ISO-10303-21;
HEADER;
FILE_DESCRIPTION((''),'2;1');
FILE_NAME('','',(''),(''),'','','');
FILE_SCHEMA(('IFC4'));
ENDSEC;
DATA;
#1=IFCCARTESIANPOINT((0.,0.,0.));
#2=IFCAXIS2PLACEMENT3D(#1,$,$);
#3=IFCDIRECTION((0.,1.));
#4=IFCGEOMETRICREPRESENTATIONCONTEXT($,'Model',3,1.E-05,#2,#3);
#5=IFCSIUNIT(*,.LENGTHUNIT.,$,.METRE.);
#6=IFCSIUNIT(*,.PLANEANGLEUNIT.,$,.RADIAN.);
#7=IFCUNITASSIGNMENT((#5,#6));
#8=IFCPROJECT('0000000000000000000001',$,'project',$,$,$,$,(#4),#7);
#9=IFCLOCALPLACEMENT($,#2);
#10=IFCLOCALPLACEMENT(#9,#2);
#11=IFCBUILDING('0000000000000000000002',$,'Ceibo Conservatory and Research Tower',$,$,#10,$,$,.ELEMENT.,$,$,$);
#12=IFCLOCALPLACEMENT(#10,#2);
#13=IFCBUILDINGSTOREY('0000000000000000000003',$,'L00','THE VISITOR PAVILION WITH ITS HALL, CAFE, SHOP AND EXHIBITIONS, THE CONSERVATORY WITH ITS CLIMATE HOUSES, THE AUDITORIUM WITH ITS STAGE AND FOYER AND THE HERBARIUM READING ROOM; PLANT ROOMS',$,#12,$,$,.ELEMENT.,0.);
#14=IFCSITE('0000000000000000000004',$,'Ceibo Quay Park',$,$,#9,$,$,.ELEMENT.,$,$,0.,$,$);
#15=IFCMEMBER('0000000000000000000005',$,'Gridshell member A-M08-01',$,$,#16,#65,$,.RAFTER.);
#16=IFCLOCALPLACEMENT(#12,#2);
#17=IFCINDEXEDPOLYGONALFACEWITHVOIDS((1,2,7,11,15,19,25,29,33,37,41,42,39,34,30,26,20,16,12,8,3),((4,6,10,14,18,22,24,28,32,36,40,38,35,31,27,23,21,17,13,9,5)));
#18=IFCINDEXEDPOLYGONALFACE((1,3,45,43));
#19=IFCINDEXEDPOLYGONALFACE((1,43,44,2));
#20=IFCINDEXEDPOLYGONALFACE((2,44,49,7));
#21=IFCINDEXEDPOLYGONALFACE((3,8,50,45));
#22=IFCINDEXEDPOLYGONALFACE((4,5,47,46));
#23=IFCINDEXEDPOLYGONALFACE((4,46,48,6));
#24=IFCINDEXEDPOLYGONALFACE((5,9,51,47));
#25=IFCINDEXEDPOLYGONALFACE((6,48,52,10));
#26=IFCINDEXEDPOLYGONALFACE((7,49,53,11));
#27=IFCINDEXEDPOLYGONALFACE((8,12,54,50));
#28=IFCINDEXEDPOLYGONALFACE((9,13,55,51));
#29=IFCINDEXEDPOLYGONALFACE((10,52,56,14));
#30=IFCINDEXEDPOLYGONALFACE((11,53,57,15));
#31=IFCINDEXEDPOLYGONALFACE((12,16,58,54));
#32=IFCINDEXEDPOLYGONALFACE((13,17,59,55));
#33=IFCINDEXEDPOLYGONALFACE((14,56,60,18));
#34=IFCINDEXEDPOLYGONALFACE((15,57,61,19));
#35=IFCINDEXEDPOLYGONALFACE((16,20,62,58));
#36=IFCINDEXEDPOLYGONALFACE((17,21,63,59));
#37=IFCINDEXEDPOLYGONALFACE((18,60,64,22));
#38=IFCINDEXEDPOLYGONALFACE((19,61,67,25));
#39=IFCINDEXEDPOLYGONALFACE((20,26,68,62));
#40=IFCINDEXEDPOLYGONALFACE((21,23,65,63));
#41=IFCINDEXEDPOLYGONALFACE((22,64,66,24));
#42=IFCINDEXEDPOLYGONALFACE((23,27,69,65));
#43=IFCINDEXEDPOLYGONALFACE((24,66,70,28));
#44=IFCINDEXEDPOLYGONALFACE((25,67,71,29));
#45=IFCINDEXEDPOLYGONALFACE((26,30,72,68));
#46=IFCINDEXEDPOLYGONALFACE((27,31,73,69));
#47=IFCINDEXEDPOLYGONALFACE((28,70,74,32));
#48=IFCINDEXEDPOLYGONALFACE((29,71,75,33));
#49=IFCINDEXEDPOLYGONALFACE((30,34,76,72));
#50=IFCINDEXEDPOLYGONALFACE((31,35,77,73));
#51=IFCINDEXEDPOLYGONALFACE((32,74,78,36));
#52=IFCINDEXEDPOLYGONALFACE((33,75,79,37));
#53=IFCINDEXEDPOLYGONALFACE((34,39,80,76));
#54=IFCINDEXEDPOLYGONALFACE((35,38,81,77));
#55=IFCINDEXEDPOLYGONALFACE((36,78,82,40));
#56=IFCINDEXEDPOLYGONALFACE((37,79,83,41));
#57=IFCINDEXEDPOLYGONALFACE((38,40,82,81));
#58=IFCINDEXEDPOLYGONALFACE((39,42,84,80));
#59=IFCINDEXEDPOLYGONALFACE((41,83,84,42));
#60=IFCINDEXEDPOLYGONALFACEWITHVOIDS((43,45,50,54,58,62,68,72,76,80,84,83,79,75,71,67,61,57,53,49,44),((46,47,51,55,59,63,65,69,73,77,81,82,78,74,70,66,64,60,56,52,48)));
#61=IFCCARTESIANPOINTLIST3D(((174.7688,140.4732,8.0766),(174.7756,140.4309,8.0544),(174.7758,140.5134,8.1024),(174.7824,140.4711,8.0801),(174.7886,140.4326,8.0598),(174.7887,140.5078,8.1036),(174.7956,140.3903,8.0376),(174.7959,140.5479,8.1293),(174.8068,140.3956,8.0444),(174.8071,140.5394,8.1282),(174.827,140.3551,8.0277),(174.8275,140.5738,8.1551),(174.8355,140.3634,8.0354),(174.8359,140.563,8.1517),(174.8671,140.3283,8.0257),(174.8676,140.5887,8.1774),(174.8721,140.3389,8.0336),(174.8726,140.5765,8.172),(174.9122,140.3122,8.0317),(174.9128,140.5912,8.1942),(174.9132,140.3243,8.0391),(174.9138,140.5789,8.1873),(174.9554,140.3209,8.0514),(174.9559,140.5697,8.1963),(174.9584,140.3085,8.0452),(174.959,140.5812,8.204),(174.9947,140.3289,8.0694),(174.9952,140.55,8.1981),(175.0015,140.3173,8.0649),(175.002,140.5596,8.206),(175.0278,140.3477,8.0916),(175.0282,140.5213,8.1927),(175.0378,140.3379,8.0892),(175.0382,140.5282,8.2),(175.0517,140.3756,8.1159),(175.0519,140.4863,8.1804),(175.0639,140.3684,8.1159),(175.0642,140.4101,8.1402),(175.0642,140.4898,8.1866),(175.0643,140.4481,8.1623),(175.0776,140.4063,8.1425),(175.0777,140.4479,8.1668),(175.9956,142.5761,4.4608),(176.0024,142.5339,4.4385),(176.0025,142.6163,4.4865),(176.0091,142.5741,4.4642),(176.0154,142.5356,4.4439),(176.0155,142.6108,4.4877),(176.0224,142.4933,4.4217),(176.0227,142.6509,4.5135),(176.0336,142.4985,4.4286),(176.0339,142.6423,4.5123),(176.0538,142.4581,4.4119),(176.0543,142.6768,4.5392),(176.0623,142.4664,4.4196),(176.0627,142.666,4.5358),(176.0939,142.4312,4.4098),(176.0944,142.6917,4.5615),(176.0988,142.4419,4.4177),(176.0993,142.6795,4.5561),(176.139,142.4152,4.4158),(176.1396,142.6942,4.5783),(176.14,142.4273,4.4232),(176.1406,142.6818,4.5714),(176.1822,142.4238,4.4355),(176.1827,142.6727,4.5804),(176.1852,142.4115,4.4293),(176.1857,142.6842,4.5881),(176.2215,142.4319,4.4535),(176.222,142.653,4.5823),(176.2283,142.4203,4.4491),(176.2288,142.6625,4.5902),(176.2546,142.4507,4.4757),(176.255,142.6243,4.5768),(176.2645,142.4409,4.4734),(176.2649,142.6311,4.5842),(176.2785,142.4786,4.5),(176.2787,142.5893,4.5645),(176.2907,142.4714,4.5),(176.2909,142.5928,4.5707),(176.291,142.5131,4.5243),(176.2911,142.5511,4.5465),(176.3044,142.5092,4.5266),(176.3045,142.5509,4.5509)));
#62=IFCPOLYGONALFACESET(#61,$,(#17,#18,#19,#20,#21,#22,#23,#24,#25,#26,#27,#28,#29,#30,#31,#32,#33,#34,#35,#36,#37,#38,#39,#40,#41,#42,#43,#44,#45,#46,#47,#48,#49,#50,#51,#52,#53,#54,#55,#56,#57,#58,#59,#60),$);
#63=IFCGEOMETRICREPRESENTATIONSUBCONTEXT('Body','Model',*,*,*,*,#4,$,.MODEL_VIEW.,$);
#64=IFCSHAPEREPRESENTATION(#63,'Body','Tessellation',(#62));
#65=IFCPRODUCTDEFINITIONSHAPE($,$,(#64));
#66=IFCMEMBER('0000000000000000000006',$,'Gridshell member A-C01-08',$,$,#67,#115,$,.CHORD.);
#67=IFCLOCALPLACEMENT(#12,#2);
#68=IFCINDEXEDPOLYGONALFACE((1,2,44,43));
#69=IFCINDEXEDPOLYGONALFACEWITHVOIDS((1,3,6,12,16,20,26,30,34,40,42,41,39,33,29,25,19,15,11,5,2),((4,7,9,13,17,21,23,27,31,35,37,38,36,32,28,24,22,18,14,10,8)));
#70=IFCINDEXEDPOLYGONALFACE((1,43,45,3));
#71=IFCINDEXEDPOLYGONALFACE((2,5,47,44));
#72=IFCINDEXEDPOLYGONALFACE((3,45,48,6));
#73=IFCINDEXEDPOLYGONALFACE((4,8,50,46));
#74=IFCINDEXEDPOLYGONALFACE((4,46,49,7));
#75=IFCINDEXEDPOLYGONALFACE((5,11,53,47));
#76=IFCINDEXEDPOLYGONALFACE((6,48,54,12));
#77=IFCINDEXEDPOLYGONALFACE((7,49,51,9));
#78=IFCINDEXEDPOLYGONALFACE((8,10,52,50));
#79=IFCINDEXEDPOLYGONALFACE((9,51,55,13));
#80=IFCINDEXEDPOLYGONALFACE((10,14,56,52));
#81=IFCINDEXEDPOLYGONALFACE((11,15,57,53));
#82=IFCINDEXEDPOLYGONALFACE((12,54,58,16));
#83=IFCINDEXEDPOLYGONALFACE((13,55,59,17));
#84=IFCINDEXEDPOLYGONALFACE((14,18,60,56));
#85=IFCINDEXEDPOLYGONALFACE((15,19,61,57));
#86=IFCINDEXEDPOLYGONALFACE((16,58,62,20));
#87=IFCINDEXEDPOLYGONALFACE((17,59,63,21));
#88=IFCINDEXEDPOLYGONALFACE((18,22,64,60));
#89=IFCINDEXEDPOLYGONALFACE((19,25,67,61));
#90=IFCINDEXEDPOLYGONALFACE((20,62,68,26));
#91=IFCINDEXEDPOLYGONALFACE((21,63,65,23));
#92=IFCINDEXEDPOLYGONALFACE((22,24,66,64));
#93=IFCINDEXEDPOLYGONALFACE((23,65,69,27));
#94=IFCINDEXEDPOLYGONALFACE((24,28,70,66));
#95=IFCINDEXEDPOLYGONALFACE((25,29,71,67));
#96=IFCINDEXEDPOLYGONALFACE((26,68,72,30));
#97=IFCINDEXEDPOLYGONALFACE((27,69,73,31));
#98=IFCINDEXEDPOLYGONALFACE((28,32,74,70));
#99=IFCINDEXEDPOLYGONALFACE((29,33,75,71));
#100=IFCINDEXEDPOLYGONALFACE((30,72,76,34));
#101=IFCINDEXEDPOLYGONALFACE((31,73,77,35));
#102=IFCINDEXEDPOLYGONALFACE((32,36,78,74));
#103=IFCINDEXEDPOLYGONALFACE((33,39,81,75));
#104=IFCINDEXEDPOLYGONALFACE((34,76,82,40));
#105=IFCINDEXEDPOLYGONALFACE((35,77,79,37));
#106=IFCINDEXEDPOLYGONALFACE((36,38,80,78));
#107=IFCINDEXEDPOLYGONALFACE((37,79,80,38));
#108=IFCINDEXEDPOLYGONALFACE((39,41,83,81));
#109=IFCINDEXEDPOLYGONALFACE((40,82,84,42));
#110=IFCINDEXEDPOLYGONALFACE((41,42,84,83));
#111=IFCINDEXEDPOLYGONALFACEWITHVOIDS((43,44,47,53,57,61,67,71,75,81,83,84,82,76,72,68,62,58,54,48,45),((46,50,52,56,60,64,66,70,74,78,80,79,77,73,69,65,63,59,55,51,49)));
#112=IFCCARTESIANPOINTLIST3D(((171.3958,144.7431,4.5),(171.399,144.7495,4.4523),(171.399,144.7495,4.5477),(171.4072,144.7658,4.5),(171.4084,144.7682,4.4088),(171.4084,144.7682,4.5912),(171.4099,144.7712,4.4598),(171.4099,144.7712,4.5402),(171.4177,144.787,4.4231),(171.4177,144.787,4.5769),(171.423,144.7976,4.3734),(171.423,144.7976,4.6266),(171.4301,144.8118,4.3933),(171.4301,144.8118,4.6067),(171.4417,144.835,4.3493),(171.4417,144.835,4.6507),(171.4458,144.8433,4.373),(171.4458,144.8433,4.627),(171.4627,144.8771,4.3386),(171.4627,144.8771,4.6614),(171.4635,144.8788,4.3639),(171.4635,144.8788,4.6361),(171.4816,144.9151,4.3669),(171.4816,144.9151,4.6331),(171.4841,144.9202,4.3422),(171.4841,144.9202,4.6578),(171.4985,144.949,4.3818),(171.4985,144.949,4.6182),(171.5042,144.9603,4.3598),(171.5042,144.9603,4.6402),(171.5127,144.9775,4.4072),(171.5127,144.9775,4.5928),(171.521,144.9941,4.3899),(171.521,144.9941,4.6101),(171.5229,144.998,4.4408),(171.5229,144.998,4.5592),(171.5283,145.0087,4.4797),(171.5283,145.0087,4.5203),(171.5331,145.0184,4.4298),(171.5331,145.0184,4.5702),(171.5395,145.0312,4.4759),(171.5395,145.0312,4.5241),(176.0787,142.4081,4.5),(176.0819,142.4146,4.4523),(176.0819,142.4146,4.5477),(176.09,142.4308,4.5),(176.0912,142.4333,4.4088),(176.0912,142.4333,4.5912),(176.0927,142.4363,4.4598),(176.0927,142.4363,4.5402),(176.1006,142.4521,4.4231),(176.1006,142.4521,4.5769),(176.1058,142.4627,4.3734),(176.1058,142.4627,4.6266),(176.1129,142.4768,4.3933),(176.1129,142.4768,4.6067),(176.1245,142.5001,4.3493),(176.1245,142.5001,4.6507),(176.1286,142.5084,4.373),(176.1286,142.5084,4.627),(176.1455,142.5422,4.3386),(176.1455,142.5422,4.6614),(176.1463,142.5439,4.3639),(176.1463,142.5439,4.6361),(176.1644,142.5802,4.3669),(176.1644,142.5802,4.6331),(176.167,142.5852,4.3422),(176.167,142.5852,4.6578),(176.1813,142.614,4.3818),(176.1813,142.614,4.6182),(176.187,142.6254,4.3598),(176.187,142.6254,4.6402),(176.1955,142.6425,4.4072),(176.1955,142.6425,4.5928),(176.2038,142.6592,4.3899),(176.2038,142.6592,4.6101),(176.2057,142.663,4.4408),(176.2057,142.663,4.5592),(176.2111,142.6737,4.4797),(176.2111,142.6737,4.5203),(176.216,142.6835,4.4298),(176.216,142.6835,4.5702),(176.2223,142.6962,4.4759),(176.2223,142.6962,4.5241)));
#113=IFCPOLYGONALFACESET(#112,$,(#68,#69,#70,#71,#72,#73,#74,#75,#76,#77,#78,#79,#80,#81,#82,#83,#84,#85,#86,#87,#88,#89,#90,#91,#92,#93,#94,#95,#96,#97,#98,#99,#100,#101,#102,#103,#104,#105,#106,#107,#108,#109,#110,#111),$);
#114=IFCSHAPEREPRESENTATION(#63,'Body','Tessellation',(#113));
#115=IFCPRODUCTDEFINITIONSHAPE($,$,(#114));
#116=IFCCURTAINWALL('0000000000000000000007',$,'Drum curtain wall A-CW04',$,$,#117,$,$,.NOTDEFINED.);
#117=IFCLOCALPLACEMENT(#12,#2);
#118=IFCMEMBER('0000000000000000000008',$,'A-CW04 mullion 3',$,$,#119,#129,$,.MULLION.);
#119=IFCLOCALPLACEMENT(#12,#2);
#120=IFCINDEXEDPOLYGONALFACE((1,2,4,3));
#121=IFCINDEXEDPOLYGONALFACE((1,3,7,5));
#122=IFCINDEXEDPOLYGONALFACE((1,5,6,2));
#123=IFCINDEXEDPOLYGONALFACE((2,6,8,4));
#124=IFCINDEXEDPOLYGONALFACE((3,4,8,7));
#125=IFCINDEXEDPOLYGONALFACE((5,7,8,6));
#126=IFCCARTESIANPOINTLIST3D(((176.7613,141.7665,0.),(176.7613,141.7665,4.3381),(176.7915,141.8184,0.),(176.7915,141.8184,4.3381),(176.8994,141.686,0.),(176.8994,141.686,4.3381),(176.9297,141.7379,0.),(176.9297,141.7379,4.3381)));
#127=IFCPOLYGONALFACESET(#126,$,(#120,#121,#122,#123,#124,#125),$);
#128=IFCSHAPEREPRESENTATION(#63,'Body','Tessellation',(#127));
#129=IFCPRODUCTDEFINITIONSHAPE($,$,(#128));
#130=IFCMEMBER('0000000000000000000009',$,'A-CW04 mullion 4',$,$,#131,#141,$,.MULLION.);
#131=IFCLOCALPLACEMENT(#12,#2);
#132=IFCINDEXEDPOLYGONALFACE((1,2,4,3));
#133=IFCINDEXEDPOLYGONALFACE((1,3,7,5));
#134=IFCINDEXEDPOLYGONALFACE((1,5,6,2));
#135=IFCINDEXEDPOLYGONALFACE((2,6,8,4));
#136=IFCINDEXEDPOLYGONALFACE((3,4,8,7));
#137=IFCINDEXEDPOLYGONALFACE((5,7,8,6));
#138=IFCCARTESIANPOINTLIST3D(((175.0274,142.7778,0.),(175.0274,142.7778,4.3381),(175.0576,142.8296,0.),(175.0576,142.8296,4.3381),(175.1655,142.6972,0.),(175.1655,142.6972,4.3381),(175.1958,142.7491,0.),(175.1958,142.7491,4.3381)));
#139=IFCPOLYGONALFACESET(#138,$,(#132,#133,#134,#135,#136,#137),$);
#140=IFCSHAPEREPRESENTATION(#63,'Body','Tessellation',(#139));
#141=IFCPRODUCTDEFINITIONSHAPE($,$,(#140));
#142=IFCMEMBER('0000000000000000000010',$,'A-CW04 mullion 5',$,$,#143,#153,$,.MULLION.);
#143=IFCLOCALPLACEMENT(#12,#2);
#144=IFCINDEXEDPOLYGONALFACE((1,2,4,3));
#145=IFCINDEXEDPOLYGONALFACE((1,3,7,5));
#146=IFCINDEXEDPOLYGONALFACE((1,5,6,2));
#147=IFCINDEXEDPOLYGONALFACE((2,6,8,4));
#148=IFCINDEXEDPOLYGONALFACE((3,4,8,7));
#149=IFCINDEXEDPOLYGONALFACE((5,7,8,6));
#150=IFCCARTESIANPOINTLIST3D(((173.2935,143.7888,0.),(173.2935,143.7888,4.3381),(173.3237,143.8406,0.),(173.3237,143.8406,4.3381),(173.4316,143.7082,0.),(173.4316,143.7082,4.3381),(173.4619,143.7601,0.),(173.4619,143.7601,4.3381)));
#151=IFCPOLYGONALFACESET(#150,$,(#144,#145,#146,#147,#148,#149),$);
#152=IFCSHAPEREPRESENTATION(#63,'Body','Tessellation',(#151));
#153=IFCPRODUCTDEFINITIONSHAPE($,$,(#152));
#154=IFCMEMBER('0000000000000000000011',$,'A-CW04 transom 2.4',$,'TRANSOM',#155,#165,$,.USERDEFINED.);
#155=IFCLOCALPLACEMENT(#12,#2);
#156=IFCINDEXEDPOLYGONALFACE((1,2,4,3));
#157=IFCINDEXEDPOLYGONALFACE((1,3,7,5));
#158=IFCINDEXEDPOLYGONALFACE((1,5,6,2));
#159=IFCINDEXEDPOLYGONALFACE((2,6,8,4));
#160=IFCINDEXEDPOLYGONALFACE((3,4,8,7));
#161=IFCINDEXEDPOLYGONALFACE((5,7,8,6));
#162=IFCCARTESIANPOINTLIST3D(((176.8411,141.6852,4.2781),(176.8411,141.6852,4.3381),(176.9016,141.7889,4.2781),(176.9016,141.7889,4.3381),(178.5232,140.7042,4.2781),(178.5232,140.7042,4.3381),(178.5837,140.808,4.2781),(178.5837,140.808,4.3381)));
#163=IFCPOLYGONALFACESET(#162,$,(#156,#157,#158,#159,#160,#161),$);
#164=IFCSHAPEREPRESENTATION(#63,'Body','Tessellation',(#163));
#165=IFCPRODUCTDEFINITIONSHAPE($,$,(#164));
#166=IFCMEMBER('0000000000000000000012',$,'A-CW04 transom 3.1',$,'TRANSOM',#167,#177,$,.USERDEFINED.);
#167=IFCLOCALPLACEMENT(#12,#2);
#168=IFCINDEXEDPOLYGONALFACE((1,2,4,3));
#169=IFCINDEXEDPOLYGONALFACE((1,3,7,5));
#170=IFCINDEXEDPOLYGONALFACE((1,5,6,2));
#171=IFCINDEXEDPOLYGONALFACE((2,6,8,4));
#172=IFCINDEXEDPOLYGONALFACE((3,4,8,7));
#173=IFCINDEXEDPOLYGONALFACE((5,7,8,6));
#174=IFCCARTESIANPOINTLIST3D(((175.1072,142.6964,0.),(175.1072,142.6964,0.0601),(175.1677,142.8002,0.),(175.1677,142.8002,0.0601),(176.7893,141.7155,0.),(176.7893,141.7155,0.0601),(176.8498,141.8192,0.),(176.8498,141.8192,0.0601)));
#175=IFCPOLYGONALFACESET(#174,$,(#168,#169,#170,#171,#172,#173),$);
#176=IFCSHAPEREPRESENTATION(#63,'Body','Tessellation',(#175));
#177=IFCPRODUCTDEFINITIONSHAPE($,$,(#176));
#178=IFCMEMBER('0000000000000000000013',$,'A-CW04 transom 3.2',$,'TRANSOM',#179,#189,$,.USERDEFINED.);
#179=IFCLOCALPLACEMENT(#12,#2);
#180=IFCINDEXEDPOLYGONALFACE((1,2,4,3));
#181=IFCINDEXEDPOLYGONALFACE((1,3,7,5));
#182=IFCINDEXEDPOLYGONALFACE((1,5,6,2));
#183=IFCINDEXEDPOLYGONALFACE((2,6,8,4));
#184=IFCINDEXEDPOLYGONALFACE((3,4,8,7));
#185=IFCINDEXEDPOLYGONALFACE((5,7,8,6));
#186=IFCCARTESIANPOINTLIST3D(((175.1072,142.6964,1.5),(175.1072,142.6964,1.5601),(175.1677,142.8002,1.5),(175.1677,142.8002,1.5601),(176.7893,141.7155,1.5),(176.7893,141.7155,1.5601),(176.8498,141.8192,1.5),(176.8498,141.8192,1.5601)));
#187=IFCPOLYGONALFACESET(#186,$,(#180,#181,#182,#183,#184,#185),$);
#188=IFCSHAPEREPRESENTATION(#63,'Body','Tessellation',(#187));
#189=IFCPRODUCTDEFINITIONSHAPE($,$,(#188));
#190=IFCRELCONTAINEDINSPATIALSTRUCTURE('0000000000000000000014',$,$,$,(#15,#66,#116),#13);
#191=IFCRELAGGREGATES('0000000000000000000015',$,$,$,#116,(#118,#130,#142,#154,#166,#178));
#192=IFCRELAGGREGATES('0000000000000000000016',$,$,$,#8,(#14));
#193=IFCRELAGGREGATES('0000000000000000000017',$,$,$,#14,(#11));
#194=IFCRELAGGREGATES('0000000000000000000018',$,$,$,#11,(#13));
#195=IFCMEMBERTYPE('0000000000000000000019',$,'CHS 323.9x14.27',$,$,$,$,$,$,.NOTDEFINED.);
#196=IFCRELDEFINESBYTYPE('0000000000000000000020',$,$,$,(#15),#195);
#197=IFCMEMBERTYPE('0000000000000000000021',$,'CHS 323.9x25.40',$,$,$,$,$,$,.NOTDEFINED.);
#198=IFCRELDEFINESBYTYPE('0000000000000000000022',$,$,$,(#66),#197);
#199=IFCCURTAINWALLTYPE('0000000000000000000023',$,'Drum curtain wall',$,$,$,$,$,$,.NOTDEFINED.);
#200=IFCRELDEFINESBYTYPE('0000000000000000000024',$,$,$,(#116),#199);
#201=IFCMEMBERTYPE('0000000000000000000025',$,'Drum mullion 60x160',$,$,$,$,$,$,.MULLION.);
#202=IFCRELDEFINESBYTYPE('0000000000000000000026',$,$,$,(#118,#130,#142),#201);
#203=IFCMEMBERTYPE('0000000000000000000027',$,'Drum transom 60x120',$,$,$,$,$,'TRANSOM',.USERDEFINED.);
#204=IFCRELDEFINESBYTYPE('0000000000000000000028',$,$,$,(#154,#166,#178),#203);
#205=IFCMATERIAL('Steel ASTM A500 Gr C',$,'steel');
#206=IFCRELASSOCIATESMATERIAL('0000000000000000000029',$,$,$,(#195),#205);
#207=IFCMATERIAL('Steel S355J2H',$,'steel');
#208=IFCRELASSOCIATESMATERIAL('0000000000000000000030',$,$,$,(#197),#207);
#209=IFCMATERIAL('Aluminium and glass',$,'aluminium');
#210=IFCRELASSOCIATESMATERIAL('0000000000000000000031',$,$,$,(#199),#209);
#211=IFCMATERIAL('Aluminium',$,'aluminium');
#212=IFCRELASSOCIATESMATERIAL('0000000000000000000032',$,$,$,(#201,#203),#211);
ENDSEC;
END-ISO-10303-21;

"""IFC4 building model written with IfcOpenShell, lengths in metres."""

from ifc_helpers import new_model, si_unit, direction, frame, origin, origin_2d, place, context, subcontext, project, spatial, rectangle, hollow_circle, extrude, material, material_profile, profile_set, type_object, element, aggregate, save


model = new_model("IFC4")

# Units and contexts
model_context = context("Model", 3, precision=1e-05, world=origin(), true_north=direction((0.0, 1.0)))
body_context = subcontext(model_context, "Body", "Model", "MODEL_VIEW")
ifc_project = project(units=[si_unit("LENGTHUNIT", "METRE"), si_unit("PLANEANGLEUNIT", "RADIAN")], contexts=[model_context])

# Site, building, storey
site_placement = place(None, origin())
site = spatial("IfcSite", under=ifc_project, at=site_placement, Name="Ceibo Quay Park", CompositionType="ELEMENT", RefElevation=0.0)
building_placement = place(site_placement, origin())
building = spatial("IfcBuilding", under=site, at=building_placement, Name="Ceibo Conservatory and Research Tower", CompositionType="ELEMENT")
storey_placement = place(building_placement, origin())
storey = spatial("IfcBuildingStorey", under=building, at=storey_placement, Name="L00", Description="THE VISITOR PAVILION WITH ITS HALL, CAFE, SHOP AND EXHIBITIONS, THE CONSERVATORY WITH ITS CLIMATE HOUSES, THE AUDITORIUM WITH ITS STAGE AND FOYER AND THE HERBARIUM READING ROOM; PLANT ROOMS", CompositionType="ELEMENT", Elevation=0.0)

# Shared definitions
ifc_material_1 = material(Name="Steel ASTM A500 Gr C", Category="steel")

# Members
ifc_material_profile_1 = material_profile(ifc_material_1, hollow_circle(Radius=0.1619, WallThickness=0.0142, at=origin_2d()), Name="CHS 323.9x14.27")
ifc_profile_set_1 = profile_set([ifc_material_profile_1], Name="Steel ASTM A500 Gr C")
member_type_1 = type_object("IfcMemberType", Name="CHS 323.9x14.27", PredefinedType="NOTDEFINED", material=ifc_profile_set_1)
member_1_placement = place(storey_placement, frame((176.1509, 142.553, 4.5), z_axis=(-0.281427, -0.48243, 0.829494), x_axis=(0.863772, -0.503883, 0.0)))
element("IfcMember", 1, at=member_1_placement, inside=storey, type_object=member_type_1, Name="Gridshell member A-M08-01", PredefinedType="RAFTER", context=body_context, shape_type="SweptSolid", body=[
    extrude(hollow_circle(Radius=0.1619, WallThickness=0.0142, at=origin_2d()), origin(), (0.0, 0.0, 1.0), 4.3591),
])
ifc_material_2 = material(Name="Steel S355J2H", Category="steel")
ifc_material_profile_2 = material_profile(ifc_material_2, hollow_circle(Radius=0.1619, WallThickness=0.0254, at=origin_2d()), Name="CHS 323.9x25.40")
ifc_profile_set_2 = profile_set([ifc_material_profile_2], Name="Steel S355J2H")
member_type_2 = type_object("IfcMemberType", Name="CHS 323.9x25.40", PredefinedType="NOTDEFINED", material=ifc_profile_set_2)
member_2_placement = place(storey_placement, frame((176.1509, 142.553, 4.5), z_axis=(-0.894921, 0.446224, 0.0), x_axis=(-0.446224, -0.894921, 0.0)))
element("IfcMember", 2, at=member_2_placement, inside=storey, type_object=member_type_2, Name="Gridshell member A-C01-08", PredefinedType="CHORD", context=body_context, shape_type="SweptSolid", body=[
    extrude(hollow_circle(Radius=0.1619, WallThickness=0.0254, at=origin_2d()), origin(), (0.0, 0.0, 1.0), 5.2327),
])

# Curtain wall, members
ifc_material_3 = material(Name="Aluminium and glass", Category="aluminium")
curtain_wall_type = type_object("IfcCurtainWallType", Name="Drum curtain wall", PredefinedType="NOTDEFINED", material=ifc_material_3)
curtain_wall_placement = place(storey_placement, origin())
curtain_wall = element("IfcCurtainWall", 3, at=curtain_wall_placement, inside=storey, type_object=curtain_wall_type, Name="Drum curtain wall A-CW04", PredefinedType="NOTDEFINED")
ifc_material_4 = material(Name="Aluminium", Category="aluminium")
ifc_material_profile_3 = material_profile(ifc_material_4, rectangle(XDim=0.0601, YDim=0.1599, at=origin_2d()), Name="AL 60x160")
ifc_profile_set_3 = profile_set([ifc_material_profile_3], Name="Aluminium")
member_type_3 = type_object("IfcMemberType", Name="Drum mullion 60x160", PredefinedType="MULLION", material=ifc_profile_set_3)
member_3_placement = place(storey_placement, frame((176.8455, 141.7522, 0.0), z_axis=(0.0, 0.0, 1.0), x_axis=(-0.503774, -0.863836, 0.0)))
member_3 = element("IfcMember", 4, at=member_3_placement, type_object=member_type_3, Name="A-CW04 mullion 3", PredefinedType="MULLION", context=body_context, shape_type="SweptSolid", body=[
    extrude(rectangle(XDim=0.0601, YDim=0.1599, at=origin_2d()), origin(), (0.0, 0.0, 1.0), 4.3381),
])
member_4_placement = place(storey_placement, frame((175.1116, 142.7634, 0.0), z_axis=(0.0, 0.0, 1.0), x_axis=(-0.503774, -0.863836, 0.0)))
member_4 = element("IfcMember", 5, at=member_4_placement, type_object=member_type_3, Name="A-CW04 mullion 4", PredefinedType="MULLION", context=body_context, shape_type="SweptSolid", body=[
    extrude(rectangle(XDim=0.0601, YDim=0.1599, at=origin_2d()), origin(), (0.0, 0.0, 1.0), 4.3381),
])
member_5_placement = place(storey_placement, frame((173.3777, 143.7744, 0.0), z_axis=(0.0, 0.0, 1.0), x_axis=(-0.503774, -0.863836, 0.0)))
member_5 = element("IfcMember", 6, at=member_5_placement, type_object=member_type_3, Name="A-CW04 mullion 5", PredefinedType="MULLION", context=body_context, shape_type="SweptSolid", body=[
    extrude(rectangle(XDim=0.0601, YDim=0.1599, at=origin_2d()), origin(), (0.0, 0.0, 1.0), 4.3381),
])
ifc_material_profile_4 = material_profile(ifc_material_4, rectangle(XDim=0.1201, YDim=0.0601, at=origin_2d()), Name="AL 60x120")
ifc_profile_set_4 = profile_set([ifc_material_profile_4], Name="Aluminium")
member_type_4 = type_object("IfcMemberType", Name="Drum transom 60x120", ElementType="TRANSOM", PredefinedType="USERDEFINED", material=ifc_profile_set_4)
member_6_placement = place(storey_placement, frame((178.5535, 140.7561, 4.3081), z_axis=(-0.863843, 0.503762, 0.0), x_axis=(-0.503762, -0.863843, 0.0)))
member_6 = element("IfcMember", 7, at=member_6_placement, type_object=member_type_4, Name="A-CW04 transom 2.4", ObjectType="TRANSOM", PredefinedType="USERDEFINED", context=body_context, shape_type="SweptSolid", body=[
    extrude(rectangle(XDim=0.1201, YDim=0.0601, at=origin_2d()), origin(), (0.0, 0.0, 1.0), 1.9473),
])
member_7_placement = place(storey_placement, frame((176.8196, 141.7673, 0.03), z_axis=(-0.863843, 0.503762, 0.0), x_axis=(-0.503762, -0.863843, 0.0)))
member_7 = element("IfcMember", 8, at=member_7_placement, type_object=member_type_4, Name="A-CW04 transom 3.1", ObjectType="TRANSOM", PredefinedType="USERDEFINED", context=body_context, shape_type="SweptSolid", body=[
    extrude(rectangle(XDim=0.1201, YDim=0.0601, at=origin_2d()), origin(), (0.0, 0.0, 1.0), 1.9473),
])
member_8_placement = place(storey_placement, frame((176.8196, 141.7673, 1.53), z_axis=(-0.863843, 0.503762, 0.0), x_axis=(-0.503762, -0.863843, 0.0)))
member_8 = element("IfcMember", 9, at=member_8_placement, type_object=member_type_4, Name="A-CW04 transom 3.2", ObjectType="TRANSOM", PredefinedType="USERDEFINED", context=body_context, shape_type="SweptSolid", body=[
    extrude(rectangle(XDim=0.1201, YDim=0.0601, at=origin_2d()), origin(), (0.0, 0.0, 1.0), 1.9473),
])
aggregate(curtain_wall, [member_3, member_4, member_5, member_6, member_7, member_8])

save(model, "model.ifc")
